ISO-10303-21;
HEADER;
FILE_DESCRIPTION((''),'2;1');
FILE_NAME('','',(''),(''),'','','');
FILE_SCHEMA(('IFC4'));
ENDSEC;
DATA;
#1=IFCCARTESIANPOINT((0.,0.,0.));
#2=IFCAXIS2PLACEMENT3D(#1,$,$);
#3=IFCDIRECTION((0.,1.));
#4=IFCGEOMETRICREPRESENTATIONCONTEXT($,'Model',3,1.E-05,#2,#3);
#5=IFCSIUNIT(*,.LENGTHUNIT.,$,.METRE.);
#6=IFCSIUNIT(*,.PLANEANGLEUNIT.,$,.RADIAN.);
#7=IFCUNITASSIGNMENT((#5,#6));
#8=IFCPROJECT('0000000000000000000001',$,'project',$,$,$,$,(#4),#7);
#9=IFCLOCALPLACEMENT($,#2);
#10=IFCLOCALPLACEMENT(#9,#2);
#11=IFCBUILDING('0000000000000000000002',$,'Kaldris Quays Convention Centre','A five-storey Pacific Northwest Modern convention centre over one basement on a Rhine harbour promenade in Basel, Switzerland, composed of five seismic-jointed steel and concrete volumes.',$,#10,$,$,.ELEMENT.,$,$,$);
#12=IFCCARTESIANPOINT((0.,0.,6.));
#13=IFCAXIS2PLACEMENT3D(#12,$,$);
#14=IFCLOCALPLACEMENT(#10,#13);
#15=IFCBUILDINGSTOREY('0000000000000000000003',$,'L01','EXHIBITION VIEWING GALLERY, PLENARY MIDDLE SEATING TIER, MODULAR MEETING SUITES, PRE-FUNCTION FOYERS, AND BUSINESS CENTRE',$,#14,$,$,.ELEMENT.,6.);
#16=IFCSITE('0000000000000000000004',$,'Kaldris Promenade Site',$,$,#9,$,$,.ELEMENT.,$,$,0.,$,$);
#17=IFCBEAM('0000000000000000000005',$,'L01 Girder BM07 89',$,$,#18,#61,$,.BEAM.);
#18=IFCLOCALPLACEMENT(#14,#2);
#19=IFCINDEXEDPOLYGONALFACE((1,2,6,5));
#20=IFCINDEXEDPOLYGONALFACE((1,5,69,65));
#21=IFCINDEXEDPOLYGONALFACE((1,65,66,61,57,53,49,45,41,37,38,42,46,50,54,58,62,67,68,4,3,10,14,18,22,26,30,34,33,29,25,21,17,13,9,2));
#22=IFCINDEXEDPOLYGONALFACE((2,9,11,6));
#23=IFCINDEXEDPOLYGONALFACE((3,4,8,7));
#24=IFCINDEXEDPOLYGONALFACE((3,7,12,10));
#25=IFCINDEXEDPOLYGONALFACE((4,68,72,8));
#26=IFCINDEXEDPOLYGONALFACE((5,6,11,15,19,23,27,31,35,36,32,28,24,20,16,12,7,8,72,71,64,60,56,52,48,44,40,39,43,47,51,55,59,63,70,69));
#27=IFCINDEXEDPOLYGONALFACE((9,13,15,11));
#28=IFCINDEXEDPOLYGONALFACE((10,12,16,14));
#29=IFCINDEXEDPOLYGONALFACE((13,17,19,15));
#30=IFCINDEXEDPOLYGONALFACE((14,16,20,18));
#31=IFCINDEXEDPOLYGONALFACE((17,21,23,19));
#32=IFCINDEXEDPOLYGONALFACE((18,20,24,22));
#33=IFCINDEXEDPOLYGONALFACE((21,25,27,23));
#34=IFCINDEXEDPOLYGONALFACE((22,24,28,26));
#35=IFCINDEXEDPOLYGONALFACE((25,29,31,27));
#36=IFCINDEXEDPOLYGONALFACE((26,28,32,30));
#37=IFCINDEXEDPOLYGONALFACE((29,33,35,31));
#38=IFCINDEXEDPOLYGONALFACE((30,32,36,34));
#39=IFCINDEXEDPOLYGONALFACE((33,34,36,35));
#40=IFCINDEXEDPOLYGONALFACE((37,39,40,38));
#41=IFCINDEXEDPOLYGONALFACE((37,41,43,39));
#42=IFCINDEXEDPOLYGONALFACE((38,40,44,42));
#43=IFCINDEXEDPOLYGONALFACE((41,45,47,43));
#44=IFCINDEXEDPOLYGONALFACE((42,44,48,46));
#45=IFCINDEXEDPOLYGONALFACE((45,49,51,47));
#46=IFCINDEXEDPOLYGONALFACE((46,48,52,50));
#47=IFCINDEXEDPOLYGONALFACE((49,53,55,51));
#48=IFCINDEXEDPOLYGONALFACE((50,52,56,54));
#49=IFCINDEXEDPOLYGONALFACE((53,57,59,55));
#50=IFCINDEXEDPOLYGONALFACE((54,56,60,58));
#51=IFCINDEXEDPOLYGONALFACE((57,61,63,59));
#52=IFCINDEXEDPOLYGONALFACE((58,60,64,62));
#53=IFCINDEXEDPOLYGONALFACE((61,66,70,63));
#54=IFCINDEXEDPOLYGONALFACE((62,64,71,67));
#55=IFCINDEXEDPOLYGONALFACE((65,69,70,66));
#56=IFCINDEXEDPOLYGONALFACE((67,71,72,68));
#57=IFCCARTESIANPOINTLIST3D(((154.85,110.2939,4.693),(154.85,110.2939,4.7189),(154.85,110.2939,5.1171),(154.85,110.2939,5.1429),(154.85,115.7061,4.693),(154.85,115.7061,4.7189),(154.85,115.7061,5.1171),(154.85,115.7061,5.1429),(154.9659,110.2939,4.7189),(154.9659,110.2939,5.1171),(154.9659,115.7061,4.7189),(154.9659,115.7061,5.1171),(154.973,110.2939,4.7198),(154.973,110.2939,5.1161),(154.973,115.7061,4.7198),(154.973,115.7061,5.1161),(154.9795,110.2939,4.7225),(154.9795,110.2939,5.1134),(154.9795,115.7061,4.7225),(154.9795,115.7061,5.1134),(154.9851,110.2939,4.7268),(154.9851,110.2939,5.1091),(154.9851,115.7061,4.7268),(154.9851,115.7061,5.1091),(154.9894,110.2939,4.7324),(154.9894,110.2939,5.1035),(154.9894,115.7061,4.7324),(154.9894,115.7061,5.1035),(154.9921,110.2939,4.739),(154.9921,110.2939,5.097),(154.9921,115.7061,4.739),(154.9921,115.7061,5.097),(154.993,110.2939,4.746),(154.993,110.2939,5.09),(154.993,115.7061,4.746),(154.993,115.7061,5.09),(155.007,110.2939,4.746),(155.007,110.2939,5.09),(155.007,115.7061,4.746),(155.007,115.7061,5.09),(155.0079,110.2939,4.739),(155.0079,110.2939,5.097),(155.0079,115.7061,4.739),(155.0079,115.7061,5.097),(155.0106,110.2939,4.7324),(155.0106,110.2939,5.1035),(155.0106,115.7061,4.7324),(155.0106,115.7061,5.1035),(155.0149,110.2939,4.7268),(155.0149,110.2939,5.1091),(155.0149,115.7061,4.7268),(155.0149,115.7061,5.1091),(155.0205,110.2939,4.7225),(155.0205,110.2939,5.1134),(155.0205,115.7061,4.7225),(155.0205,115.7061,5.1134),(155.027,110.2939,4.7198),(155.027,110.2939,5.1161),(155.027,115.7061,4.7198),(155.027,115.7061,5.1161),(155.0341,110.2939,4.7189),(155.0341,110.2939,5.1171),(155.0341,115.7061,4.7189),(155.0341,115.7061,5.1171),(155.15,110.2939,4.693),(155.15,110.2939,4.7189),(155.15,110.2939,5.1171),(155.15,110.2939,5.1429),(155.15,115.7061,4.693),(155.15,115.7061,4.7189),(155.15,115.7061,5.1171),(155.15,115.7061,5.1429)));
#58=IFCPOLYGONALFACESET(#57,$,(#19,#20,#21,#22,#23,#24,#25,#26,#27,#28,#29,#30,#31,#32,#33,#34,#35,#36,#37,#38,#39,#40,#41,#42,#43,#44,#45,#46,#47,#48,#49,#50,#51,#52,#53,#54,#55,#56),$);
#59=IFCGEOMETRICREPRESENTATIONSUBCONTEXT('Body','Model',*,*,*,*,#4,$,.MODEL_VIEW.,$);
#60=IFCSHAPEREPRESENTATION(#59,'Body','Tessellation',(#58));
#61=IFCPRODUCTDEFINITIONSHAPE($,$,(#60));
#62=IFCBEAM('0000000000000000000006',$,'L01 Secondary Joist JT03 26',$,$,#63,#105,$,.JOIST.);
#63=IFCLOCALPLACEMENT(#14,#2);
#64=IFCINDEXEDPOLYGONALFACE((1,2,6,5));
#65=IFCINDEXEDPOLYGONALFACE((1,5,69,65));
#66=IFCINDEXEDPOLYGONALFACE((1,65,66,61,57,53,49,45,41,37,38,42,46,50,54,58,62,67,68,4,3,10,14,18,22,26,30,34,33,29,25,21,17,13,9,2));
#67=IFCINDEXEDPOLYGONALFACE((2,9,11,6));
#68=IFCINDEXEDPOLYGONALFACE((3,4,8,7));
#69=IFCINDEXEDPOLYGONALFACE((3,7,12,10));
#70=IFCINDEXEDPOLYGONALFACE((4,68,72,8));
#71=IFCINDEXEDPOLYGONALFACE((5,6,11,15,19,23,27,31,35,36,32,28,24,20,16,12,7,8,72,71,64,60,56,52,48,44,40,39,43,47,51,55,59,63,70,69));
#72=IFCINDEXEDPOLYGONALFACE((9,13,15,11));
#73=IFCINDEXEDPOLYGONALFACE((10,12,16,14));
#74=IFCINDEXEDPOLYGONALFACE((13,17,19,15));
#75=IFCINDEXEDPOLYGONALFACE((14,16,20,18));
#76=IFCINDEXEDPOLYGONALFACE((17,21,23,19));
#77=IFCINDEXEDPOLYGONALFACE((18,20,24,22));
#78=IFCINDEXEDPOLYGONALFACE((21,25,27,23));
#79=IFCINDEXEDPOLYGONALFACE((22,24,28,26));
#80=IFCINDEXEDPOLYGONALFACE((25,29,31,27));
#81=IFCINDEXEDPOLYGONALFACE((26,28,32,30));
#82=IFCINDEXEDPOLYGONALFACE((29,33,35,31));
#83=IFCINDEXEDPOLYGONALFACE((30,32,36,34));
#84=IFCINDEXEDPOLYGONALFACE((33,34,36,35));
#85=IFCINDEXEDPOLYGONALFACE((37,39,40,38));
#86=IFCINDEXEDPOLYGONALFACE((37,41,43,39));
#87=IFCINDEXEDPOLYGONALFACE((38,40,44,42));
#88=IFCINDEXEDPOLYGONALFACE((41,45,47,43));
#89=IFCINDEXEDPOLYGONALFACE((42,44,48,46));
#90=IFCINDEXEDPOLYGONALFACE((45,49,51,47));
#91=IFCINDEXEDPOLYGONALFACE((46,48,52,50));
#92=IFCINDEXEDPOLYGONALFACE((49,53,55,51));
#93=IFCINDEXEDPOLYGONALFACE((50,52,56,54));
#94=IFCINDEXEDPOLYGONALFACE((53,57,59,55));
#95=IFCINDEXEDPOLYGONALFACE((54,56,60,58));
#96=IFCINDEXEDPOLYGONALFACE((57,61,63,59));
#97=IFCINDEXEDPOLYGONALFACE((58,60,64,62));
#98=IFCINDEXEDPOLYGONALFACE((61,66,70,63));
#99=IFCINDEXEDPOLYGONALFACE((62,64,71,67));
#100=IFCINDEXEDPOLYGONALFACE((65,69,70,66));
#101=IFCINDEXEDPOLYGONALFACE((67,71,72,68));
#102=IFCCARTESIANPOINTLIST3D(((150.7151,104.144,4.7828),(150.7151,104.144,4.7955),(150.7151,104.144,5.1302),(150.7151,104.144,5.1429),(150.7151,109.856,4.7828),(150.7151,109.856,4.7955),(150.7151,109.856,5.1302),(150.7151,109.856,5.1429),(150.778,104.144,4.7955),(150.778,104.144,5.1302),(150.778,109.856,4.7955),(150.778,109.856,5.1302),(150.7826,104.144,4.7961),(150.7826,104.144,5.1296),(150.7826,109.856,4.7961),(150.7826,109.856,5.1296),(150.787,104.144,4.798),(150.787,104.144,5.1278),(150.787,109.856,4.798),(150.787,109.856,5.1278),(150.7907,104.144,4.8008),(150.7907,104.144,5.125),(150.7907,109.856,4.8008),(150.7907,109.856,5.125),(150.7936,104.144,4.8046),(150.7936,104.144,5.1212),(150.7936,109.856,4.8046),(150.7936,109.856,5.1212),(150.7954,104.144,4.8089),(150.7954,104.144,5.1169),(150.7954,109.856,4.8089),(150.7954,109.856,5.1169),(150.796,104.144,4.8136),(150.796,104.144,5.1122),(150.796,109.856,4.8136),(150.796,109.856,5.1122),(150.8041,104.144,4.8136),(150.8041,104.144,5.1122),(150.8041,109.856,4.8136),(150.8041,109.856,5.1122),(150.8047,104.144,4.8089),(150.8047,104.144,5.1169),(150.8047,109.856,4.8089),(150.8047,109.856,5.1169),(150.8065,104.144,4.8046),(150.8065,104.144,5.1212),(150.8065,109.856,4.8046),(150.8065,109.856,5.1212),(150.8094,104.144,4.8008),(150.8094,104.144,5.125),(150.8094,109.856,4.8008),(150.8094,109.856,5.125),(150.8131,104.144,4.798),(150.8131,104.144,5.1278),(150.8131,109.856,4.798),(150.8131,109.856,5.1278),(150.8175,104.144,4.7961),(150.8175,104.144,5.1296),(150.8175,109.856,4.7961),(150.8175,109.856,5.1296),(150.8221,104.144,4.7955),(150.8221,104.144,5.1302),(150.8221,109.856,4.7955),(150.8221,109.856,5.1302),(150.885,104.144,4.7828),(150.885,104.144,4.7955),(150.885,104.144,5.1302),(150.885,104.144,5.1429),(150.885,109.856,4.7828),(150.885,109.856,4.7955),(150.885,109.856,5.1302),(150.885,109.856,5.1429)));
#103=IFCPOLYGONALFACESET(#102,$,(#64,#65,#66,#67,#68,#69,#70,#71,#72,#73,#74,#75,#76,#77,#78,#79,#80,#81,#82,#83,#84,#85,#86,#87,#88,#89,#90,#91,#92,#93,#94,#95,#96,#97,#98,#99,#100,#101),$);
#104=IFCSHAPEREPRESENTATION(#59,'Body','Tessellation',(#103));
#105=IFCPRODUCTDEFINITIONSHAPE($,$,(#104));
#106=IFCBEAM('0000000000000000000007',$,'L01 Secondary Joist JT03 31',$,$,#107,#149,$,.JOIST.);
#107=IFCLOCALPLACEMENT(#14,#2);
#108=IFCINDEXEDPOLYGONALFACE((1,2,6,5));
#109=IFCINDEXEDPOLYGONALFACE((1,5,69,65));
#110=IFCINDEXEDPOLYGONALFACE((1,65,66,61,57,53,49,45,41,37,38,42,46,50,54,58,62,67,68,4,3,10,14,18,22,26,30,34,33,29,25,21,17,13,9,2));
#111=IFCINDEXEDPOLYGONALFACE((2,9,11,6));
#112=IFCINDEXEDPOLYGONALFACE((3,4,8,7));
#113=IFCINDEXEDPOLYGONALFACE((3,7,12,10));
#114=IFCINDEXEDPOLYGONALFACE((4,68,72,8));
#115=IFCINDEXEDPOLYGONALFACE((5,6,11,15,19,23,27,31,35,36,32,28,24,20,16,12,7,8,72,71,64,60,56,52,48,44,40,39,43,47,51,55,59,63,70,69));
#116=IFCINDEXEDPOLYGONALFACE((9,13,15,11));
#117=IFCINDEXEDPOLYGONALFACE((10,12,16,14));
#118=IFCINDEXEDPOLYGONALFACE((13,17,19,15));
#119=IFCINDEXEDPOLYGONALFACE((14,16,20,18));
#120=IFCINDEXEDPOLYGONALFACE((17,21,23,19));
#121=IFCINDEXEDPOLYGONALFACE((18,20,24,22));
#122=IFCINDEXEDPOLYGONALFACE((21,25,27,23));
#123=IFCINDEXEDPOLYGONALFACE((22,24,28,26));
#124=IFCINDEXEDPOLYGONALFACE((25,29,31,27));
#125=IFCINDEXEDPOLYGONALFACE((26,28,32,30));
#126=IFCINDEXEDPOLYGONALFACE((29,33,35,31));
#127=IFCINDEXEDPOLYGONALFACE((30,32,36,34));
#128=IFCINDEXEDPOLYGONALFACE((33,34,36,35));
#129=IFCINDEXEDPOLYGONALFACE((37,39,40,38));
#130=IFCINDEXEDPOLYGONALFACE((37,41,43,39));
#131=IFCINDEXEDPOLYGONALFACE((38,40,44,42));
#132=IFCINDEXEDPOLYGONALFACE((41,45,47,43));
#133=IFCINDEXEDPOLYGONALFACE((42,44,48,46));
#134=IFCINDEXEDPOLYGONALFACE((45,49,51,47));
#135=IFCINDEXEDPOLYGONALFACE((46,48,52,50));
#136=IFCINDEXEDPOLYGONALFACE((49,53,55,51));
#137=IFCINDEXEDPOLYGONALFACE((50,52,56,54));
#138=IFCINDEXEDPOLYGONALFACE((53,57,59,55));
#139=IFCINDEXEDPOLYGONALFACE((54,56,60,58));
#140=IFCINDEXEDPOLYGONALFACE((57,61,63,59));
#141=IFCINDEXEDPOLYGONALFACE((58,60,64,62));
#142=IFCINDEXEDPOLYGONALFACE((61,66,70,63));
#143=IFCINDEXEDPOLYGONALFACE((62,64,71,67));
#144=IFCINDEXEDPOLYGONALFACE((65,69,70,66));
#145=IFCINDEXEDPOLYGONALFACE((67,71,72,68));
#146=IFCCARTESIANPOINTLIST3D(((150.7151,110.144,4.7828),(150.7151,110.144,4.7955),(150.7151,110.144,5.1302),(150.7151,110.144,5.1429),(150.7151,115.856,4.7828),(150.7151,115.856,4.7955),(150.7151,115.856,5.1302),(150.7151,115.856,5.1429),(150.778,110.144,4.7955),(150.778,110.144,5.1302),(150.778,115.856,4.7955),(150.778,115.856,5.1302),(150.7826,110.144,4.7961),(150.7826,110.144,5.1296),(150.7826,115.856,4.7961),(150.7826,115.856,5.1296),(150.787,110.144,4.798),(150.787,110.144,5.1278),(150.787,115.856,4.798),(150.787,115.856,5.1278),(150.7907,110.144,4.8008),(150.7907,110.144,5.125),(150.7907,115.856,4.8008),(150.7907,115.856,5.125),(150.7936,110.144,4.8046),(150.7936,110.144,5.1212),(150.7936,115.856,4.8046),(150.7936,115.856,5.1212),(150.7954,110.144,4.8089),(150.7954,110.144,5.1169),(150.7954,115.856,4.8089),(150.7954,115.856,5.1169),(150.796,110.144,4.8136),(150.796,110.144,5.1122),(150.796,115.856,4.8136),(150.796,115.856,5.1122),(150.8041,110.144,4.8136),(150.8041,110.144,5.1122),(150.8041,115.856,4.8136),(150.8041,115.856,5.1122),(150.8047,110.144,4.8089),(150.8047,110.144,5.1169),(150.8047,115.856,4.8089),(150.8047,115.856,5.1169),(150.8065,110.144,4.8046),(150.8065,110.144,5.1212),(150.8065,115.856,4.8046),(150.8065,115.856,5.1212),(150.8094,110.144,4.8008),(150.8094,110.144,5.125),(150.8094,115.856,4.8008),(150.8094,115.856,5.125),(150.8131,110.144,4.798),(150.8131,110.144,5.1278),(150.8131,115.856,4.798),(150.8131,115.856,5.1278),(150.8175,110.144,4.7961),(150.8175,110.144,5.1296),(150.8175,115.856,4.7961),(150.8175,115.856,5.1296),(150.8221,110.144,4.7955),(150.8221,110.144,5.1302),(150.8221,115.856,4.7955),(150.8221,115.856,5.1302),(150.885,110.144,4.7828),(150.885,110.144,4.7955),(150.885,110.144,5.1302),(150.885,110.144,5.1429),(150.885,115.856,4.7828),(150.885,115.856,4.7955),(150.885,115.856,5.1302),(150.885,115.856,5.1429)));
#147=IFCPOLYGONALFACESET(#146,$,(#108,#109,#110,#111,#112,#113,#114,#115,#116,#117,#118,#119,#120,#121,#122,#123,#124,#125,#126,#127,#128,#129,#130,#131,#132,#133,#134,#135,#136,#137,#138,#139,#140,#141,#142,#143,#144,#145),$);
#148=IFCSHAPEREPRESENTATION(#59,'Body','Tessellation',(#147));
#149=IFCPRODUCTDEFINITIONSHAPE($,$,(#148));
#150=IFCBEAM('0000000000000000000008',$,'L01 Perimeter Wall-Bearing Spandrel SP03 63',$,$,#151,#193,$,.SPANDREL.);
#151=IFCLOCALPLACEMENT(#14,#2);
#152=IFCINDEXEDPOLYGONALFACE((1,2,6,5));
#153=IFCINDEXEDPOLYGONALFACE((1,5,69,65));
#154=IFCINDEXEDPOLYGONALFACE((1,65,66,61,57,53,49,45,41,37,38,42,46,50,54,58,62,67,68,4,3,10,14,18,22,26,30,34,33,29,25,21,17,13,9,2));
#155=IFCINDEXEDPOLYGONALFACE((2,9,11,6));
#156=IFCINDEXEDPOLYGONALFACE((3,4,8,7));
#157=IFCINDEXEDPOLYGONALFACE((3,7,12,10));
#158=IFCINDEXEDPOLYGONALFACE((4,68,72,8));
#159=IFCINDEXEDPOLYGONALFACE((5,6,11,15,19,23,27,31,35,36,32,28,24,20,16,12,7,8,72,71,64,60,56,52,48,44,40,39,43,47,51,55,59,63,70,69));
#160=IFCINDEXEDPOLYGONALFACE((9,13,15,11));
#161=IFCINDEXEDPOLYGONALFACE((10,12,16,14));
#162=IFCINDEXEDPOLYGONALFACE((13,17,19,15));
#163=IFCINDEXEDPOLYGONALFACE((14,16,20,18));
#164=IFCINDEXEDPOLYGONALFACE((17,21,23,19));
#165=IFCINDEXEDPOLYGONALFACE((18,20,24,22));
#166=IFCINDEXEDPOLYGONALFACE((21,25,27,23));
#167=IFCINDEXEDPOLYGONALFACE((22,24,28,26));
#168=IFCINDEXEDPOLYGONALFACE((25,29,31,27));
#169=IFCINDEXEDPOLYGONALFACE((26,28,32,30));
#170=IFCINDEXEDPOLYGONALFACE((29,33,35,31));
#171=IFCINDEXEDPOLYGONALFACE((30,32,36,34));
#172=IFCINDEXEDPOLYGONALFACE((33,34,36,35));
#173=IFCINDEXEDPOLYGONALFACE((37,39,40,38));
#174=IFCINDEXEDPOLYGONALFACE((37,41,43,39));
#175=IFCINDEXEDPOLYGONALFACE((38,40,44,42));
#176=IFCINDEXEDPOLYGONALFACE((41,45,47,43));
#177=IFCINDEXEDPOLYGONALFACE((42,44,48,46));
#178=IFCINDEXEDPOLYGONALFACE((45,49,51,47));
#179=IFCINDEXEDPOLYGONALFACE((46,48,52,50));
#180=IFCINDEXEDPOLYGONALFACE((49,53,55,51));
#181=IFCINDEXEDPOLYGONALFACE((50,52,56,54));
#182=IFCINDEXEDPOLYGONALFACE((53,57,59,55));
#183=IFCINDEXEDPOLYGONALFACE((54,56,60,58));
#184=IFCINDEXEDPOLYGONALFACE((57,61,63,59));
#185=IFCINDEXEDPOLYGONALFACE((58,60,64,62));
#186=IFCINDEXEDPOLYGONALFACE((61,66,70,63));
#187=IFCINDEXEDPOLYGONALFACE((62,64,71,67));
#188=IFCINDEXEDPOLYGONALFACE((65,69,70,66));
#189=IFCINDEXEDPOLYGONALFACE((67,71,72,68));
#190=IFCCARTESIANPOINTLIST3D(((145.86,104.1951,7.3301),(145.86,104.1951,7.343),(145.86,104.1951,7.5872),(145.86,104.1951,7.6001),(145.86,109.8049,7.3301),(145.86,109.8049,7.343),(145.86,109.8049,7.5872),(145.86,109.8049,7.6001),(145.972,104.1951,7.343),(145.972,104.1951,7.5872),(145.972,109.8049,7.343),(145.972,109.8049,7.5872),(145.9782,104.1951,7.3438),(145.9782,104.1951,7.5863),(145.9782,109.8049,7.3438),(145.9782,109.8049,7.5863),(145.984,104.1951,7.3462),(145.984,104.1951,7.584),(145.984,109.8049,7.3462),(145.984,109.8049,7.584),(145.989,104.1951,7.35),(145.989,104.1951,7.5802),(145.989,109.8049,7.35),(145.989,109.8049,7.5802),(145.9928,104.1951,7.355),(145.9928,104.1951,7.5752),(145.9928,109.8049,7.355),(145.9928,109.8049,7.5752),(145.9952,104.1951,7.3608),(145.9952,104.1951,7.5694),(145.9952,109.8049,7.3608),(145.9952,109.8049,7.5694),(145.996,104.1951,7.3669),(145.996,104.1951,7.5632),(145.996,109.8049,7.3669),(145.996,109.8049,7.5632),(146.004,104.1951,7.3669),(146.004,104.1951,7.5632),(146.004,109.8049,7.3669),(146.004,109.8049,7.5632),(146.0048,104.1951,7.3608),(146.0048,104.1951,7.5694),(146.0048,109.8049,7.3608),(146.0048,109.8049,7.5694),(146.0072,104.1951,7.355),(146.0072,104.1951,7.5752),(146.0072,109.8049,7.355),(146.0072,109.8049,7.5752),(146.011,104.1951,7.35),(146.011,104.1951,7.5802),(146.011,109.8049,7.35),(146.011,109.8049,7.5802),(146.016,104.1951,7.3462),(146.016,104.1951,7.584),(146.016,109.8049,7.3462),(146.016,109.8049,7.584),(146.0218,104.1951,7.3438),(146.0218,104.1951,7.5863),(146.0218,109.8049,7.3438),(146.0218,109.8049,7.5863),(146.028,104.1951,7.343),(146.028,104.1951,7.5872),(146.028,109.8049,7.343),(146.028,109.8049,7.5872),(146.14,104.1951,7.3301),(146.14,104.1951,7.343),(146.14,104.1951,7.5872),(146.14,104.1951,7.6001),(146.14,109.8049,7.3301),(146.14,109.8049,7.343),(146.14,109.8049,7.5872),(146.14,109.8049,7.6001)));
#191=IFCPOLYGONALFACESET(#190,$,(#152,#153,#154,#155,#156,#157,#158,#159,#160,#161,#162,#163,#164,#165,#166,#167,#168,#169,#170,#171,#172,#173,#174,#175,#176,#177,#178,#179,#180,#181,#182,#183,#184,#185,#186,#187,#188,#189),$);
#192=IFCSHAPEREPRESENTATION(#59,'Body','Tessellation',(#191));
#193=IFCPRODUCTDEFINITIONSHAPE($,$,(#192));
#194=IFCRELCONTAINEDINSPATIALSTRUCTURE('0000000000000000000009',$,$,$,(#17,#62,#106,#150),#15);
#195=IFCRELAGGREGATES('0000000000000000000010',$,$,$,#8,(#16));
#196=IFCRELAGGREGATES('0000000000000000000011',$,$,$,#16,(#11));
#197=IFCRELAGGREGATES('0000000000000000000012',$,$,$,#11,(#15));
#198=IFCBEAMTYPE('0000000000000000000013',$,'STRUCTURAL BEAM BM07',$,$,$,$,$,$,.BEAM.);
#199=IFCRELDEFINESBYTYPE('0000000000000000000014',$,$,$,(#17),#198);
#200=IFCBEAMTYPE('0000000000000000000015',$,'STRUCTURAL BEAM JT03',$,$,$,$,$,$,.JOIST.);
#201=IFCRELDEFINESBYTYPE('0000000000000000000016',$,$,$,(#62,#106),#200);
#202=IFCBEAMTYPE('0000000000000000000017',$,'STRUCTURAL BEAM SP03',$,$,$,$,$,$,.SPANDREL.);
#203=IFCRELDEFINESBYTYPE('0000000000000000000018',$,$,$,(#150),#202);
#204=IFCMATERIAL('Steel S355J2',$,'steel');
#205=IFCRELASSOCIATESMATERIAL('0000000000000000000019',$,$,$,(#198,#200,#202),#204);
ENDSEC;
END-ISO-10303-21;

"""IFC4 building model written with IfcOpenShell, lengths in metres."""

from ifc_helpers import new_model, si_unit, direction, frame, origin, origin_2d, place, context, subcontext, project, spatial, i_section, extrude, material, material_profile, profile_set, type_object, element, save


model = new_model("IFC4")

# Units and contexts
model_context = context("Model", 3, precision=1e-05, world=origin(), true_north=direction((0.0, 1.0)))
body_context = subcontext(model_context, "Body", "Model", "MODEL_VIEW")
ifc_project = project(units=[si_unit("LENGTHUNIT", "METRE"), si_unit("PLANEANGLEUNIT", "RADIAN")], contexts=[model_context])

# Site, building, storey
site_placement = place(None, origin())
site = spatial("IfcSite", under=ifc_project, at=site_placement, Name="Kaldris Promenade Site", CompositionType="ELEMENT", RefElevation=0.0)
building_placement = place(site_placement, origin())
building = spatial("IfcBuilding", under=site, at=building_placement, Name="Kaldris Quays Convention Centre", Description="A five-storey Pacific Northwest Modern convention centre over one basement on a Rhine harbour promenade in Basel, Switzerland, composed of five seismic-jointed steel and concrete volumes.", CompositionType="ELEMENT")
storey_placement = place(building_placement, frame((0.0, 0.0, 6.0)))
storey = spatial("IfcBuildingStorey", under=building, at=storey_placement, Name="L01", Description="EXHIBITION VIEWING GALLERY, PLENARY MIDDLE SEATING TIER, MODULAR MEETING SUITES, PRE-FUNCTION FOYERS, AND BUSINESS CENTRE", CompositionType="ELEMENT", Elevation=6.0)

# Shared definitions
ifc_material_1 = material(Name="Steel S355J2", Category="steel")

# Beams
ifc_material_profile_1 = material_profile(ifc_material_1, i_section(OverallWidth=0.3, OverallDepth=0.45, WebThickness=0.0139, FlangeThickness=0.0259, FilletRadius=0.0271, at=origin_2d()), Name="HEB 450")
ifc_profile_set_1 = profile_set([ifc_material_profile_1], Name="Steel S355J2")
beam_type_1 = type_object("IfcBeamType", Name="STRUCTURAL BEAM BM07", PredefinedType="BEAM", material=ifc_profile_set_1)
for number, where, z_axis, x_axis, name in (
    (1, (155.0, 110.2939, 4.918), (0.0, 1.0, 0.0), (-1.0, 0.0, 0.0), "L01 Girder BM07 89"),
):
    element("IfcBeam", number, at=place(storey_placement, frame(where, z_axis=z_axis, x_axis=x_axis)), inside=storey, type_object=beam_type_1, Name=name, PredefinedType="BEAM", context=body_context, shape_type="SweptSolid", body=[
        extrude(i_section(OverallWidth=0.3, OverallDepth=0.45, WebThickness=0.0139, FlangeThickness=0.0259, FilletRadius=0.0271, at=origin_2d()), origin(), (0.0, 0.0, 1.0), 5.4121),
    ])
ifc_material_profile_2 = material_profile(ifc_material_1, i_section(OverallWidth=0.1699, OverallDepth=0.3601, WebThickness=0.0081, FlangeThickness=0.0127, FilletRadius=0.0181, at=origin_2d()), Name="IPE 360")
ifc_profile_set_2 = profile_set([ifc_material_profile_2], Name="Steel S355J2")
beam_type_2 = type_object("IfcBeamType", Name="STRUCTURAL BEAM JT03", PredefinedType="JOIST", material=ifc_profile_set_2)
for number, where, z_axis, x_axis, name in (
    (2, (150.8, 104.144, 4.9629), (0.0, 1.0, 0.0), (-1.0, 0.0, 0.0), "L01 Secondary Joist JT03 26"),
    (3, (150.8, 110.144, 4.9629), (0.0, 1.0, 0.0), (-1.0, 0.0, 0.0), "L01 Secondary Joist JT03 31"),
):
    element("IfcBeam", number, at=place(storey_placement, frame(where, z_axis=z_axis, x_axis=x_axis)), inside=storey, type_object=beam_type_2, Name=name, PredefinedType="JOIST", context=body_context, shape_type="SweptSolid", body=[
        extrude(i_section(OverallWidth=0.1699, OverallDepth=0.3601, WebThickness=0.0081, FlangeThickness=0.0127, FilletRadius=0.0181, at=origin_2d()), origin(), (0.0, 0.0, 1.0), 5.7119),
    ])
ifc_material_profile_3 = material_profile(ifc_material_1, i_section(OverallWidth=0.28, OverallDepth=0.27, WebThickness=0.0081, FlangeThickness=0.0129, FilletRadius=0.0239, at=origin_2d()), Name="HEA 280")
ifc_profile_set_3 = profile_set([ifc_material_profile_3], Name="Steel S355J2")
beam_type_3 = type_object("IfcBeamType", Name="STRUCTURAL BEAM SP03", PredefinedType="SPANDREL", material=ifc_profile_set_3)
beam_1_placement = place(storey_placement, frame((146.0, 104.1951, 7.4651), z_axis=(0.0, 1.0, 0.0), x_axis=(-1.0, 0.0, 0.0)))
element("IfcBeam", 4, at=beam_1_placement, inside=storey, type_object=beam_type_3, Name="L01 Perimeter Wall-Bearing Spandrel SP03 63", PredefinedType="SPANDREL", context=body_context, shape_type="SweptSolid", body=[
    extrude(i_section(OverallWidth=0.28, OverallDepth=0.27, WebThickness=0.0081, FlangeThickness=0.0129, FilletRadius=0.0239, at=origin_2d()), origin(), (0.0, 0.0, 1.0), 5.6099),
])

save(model, "model.ifc")
